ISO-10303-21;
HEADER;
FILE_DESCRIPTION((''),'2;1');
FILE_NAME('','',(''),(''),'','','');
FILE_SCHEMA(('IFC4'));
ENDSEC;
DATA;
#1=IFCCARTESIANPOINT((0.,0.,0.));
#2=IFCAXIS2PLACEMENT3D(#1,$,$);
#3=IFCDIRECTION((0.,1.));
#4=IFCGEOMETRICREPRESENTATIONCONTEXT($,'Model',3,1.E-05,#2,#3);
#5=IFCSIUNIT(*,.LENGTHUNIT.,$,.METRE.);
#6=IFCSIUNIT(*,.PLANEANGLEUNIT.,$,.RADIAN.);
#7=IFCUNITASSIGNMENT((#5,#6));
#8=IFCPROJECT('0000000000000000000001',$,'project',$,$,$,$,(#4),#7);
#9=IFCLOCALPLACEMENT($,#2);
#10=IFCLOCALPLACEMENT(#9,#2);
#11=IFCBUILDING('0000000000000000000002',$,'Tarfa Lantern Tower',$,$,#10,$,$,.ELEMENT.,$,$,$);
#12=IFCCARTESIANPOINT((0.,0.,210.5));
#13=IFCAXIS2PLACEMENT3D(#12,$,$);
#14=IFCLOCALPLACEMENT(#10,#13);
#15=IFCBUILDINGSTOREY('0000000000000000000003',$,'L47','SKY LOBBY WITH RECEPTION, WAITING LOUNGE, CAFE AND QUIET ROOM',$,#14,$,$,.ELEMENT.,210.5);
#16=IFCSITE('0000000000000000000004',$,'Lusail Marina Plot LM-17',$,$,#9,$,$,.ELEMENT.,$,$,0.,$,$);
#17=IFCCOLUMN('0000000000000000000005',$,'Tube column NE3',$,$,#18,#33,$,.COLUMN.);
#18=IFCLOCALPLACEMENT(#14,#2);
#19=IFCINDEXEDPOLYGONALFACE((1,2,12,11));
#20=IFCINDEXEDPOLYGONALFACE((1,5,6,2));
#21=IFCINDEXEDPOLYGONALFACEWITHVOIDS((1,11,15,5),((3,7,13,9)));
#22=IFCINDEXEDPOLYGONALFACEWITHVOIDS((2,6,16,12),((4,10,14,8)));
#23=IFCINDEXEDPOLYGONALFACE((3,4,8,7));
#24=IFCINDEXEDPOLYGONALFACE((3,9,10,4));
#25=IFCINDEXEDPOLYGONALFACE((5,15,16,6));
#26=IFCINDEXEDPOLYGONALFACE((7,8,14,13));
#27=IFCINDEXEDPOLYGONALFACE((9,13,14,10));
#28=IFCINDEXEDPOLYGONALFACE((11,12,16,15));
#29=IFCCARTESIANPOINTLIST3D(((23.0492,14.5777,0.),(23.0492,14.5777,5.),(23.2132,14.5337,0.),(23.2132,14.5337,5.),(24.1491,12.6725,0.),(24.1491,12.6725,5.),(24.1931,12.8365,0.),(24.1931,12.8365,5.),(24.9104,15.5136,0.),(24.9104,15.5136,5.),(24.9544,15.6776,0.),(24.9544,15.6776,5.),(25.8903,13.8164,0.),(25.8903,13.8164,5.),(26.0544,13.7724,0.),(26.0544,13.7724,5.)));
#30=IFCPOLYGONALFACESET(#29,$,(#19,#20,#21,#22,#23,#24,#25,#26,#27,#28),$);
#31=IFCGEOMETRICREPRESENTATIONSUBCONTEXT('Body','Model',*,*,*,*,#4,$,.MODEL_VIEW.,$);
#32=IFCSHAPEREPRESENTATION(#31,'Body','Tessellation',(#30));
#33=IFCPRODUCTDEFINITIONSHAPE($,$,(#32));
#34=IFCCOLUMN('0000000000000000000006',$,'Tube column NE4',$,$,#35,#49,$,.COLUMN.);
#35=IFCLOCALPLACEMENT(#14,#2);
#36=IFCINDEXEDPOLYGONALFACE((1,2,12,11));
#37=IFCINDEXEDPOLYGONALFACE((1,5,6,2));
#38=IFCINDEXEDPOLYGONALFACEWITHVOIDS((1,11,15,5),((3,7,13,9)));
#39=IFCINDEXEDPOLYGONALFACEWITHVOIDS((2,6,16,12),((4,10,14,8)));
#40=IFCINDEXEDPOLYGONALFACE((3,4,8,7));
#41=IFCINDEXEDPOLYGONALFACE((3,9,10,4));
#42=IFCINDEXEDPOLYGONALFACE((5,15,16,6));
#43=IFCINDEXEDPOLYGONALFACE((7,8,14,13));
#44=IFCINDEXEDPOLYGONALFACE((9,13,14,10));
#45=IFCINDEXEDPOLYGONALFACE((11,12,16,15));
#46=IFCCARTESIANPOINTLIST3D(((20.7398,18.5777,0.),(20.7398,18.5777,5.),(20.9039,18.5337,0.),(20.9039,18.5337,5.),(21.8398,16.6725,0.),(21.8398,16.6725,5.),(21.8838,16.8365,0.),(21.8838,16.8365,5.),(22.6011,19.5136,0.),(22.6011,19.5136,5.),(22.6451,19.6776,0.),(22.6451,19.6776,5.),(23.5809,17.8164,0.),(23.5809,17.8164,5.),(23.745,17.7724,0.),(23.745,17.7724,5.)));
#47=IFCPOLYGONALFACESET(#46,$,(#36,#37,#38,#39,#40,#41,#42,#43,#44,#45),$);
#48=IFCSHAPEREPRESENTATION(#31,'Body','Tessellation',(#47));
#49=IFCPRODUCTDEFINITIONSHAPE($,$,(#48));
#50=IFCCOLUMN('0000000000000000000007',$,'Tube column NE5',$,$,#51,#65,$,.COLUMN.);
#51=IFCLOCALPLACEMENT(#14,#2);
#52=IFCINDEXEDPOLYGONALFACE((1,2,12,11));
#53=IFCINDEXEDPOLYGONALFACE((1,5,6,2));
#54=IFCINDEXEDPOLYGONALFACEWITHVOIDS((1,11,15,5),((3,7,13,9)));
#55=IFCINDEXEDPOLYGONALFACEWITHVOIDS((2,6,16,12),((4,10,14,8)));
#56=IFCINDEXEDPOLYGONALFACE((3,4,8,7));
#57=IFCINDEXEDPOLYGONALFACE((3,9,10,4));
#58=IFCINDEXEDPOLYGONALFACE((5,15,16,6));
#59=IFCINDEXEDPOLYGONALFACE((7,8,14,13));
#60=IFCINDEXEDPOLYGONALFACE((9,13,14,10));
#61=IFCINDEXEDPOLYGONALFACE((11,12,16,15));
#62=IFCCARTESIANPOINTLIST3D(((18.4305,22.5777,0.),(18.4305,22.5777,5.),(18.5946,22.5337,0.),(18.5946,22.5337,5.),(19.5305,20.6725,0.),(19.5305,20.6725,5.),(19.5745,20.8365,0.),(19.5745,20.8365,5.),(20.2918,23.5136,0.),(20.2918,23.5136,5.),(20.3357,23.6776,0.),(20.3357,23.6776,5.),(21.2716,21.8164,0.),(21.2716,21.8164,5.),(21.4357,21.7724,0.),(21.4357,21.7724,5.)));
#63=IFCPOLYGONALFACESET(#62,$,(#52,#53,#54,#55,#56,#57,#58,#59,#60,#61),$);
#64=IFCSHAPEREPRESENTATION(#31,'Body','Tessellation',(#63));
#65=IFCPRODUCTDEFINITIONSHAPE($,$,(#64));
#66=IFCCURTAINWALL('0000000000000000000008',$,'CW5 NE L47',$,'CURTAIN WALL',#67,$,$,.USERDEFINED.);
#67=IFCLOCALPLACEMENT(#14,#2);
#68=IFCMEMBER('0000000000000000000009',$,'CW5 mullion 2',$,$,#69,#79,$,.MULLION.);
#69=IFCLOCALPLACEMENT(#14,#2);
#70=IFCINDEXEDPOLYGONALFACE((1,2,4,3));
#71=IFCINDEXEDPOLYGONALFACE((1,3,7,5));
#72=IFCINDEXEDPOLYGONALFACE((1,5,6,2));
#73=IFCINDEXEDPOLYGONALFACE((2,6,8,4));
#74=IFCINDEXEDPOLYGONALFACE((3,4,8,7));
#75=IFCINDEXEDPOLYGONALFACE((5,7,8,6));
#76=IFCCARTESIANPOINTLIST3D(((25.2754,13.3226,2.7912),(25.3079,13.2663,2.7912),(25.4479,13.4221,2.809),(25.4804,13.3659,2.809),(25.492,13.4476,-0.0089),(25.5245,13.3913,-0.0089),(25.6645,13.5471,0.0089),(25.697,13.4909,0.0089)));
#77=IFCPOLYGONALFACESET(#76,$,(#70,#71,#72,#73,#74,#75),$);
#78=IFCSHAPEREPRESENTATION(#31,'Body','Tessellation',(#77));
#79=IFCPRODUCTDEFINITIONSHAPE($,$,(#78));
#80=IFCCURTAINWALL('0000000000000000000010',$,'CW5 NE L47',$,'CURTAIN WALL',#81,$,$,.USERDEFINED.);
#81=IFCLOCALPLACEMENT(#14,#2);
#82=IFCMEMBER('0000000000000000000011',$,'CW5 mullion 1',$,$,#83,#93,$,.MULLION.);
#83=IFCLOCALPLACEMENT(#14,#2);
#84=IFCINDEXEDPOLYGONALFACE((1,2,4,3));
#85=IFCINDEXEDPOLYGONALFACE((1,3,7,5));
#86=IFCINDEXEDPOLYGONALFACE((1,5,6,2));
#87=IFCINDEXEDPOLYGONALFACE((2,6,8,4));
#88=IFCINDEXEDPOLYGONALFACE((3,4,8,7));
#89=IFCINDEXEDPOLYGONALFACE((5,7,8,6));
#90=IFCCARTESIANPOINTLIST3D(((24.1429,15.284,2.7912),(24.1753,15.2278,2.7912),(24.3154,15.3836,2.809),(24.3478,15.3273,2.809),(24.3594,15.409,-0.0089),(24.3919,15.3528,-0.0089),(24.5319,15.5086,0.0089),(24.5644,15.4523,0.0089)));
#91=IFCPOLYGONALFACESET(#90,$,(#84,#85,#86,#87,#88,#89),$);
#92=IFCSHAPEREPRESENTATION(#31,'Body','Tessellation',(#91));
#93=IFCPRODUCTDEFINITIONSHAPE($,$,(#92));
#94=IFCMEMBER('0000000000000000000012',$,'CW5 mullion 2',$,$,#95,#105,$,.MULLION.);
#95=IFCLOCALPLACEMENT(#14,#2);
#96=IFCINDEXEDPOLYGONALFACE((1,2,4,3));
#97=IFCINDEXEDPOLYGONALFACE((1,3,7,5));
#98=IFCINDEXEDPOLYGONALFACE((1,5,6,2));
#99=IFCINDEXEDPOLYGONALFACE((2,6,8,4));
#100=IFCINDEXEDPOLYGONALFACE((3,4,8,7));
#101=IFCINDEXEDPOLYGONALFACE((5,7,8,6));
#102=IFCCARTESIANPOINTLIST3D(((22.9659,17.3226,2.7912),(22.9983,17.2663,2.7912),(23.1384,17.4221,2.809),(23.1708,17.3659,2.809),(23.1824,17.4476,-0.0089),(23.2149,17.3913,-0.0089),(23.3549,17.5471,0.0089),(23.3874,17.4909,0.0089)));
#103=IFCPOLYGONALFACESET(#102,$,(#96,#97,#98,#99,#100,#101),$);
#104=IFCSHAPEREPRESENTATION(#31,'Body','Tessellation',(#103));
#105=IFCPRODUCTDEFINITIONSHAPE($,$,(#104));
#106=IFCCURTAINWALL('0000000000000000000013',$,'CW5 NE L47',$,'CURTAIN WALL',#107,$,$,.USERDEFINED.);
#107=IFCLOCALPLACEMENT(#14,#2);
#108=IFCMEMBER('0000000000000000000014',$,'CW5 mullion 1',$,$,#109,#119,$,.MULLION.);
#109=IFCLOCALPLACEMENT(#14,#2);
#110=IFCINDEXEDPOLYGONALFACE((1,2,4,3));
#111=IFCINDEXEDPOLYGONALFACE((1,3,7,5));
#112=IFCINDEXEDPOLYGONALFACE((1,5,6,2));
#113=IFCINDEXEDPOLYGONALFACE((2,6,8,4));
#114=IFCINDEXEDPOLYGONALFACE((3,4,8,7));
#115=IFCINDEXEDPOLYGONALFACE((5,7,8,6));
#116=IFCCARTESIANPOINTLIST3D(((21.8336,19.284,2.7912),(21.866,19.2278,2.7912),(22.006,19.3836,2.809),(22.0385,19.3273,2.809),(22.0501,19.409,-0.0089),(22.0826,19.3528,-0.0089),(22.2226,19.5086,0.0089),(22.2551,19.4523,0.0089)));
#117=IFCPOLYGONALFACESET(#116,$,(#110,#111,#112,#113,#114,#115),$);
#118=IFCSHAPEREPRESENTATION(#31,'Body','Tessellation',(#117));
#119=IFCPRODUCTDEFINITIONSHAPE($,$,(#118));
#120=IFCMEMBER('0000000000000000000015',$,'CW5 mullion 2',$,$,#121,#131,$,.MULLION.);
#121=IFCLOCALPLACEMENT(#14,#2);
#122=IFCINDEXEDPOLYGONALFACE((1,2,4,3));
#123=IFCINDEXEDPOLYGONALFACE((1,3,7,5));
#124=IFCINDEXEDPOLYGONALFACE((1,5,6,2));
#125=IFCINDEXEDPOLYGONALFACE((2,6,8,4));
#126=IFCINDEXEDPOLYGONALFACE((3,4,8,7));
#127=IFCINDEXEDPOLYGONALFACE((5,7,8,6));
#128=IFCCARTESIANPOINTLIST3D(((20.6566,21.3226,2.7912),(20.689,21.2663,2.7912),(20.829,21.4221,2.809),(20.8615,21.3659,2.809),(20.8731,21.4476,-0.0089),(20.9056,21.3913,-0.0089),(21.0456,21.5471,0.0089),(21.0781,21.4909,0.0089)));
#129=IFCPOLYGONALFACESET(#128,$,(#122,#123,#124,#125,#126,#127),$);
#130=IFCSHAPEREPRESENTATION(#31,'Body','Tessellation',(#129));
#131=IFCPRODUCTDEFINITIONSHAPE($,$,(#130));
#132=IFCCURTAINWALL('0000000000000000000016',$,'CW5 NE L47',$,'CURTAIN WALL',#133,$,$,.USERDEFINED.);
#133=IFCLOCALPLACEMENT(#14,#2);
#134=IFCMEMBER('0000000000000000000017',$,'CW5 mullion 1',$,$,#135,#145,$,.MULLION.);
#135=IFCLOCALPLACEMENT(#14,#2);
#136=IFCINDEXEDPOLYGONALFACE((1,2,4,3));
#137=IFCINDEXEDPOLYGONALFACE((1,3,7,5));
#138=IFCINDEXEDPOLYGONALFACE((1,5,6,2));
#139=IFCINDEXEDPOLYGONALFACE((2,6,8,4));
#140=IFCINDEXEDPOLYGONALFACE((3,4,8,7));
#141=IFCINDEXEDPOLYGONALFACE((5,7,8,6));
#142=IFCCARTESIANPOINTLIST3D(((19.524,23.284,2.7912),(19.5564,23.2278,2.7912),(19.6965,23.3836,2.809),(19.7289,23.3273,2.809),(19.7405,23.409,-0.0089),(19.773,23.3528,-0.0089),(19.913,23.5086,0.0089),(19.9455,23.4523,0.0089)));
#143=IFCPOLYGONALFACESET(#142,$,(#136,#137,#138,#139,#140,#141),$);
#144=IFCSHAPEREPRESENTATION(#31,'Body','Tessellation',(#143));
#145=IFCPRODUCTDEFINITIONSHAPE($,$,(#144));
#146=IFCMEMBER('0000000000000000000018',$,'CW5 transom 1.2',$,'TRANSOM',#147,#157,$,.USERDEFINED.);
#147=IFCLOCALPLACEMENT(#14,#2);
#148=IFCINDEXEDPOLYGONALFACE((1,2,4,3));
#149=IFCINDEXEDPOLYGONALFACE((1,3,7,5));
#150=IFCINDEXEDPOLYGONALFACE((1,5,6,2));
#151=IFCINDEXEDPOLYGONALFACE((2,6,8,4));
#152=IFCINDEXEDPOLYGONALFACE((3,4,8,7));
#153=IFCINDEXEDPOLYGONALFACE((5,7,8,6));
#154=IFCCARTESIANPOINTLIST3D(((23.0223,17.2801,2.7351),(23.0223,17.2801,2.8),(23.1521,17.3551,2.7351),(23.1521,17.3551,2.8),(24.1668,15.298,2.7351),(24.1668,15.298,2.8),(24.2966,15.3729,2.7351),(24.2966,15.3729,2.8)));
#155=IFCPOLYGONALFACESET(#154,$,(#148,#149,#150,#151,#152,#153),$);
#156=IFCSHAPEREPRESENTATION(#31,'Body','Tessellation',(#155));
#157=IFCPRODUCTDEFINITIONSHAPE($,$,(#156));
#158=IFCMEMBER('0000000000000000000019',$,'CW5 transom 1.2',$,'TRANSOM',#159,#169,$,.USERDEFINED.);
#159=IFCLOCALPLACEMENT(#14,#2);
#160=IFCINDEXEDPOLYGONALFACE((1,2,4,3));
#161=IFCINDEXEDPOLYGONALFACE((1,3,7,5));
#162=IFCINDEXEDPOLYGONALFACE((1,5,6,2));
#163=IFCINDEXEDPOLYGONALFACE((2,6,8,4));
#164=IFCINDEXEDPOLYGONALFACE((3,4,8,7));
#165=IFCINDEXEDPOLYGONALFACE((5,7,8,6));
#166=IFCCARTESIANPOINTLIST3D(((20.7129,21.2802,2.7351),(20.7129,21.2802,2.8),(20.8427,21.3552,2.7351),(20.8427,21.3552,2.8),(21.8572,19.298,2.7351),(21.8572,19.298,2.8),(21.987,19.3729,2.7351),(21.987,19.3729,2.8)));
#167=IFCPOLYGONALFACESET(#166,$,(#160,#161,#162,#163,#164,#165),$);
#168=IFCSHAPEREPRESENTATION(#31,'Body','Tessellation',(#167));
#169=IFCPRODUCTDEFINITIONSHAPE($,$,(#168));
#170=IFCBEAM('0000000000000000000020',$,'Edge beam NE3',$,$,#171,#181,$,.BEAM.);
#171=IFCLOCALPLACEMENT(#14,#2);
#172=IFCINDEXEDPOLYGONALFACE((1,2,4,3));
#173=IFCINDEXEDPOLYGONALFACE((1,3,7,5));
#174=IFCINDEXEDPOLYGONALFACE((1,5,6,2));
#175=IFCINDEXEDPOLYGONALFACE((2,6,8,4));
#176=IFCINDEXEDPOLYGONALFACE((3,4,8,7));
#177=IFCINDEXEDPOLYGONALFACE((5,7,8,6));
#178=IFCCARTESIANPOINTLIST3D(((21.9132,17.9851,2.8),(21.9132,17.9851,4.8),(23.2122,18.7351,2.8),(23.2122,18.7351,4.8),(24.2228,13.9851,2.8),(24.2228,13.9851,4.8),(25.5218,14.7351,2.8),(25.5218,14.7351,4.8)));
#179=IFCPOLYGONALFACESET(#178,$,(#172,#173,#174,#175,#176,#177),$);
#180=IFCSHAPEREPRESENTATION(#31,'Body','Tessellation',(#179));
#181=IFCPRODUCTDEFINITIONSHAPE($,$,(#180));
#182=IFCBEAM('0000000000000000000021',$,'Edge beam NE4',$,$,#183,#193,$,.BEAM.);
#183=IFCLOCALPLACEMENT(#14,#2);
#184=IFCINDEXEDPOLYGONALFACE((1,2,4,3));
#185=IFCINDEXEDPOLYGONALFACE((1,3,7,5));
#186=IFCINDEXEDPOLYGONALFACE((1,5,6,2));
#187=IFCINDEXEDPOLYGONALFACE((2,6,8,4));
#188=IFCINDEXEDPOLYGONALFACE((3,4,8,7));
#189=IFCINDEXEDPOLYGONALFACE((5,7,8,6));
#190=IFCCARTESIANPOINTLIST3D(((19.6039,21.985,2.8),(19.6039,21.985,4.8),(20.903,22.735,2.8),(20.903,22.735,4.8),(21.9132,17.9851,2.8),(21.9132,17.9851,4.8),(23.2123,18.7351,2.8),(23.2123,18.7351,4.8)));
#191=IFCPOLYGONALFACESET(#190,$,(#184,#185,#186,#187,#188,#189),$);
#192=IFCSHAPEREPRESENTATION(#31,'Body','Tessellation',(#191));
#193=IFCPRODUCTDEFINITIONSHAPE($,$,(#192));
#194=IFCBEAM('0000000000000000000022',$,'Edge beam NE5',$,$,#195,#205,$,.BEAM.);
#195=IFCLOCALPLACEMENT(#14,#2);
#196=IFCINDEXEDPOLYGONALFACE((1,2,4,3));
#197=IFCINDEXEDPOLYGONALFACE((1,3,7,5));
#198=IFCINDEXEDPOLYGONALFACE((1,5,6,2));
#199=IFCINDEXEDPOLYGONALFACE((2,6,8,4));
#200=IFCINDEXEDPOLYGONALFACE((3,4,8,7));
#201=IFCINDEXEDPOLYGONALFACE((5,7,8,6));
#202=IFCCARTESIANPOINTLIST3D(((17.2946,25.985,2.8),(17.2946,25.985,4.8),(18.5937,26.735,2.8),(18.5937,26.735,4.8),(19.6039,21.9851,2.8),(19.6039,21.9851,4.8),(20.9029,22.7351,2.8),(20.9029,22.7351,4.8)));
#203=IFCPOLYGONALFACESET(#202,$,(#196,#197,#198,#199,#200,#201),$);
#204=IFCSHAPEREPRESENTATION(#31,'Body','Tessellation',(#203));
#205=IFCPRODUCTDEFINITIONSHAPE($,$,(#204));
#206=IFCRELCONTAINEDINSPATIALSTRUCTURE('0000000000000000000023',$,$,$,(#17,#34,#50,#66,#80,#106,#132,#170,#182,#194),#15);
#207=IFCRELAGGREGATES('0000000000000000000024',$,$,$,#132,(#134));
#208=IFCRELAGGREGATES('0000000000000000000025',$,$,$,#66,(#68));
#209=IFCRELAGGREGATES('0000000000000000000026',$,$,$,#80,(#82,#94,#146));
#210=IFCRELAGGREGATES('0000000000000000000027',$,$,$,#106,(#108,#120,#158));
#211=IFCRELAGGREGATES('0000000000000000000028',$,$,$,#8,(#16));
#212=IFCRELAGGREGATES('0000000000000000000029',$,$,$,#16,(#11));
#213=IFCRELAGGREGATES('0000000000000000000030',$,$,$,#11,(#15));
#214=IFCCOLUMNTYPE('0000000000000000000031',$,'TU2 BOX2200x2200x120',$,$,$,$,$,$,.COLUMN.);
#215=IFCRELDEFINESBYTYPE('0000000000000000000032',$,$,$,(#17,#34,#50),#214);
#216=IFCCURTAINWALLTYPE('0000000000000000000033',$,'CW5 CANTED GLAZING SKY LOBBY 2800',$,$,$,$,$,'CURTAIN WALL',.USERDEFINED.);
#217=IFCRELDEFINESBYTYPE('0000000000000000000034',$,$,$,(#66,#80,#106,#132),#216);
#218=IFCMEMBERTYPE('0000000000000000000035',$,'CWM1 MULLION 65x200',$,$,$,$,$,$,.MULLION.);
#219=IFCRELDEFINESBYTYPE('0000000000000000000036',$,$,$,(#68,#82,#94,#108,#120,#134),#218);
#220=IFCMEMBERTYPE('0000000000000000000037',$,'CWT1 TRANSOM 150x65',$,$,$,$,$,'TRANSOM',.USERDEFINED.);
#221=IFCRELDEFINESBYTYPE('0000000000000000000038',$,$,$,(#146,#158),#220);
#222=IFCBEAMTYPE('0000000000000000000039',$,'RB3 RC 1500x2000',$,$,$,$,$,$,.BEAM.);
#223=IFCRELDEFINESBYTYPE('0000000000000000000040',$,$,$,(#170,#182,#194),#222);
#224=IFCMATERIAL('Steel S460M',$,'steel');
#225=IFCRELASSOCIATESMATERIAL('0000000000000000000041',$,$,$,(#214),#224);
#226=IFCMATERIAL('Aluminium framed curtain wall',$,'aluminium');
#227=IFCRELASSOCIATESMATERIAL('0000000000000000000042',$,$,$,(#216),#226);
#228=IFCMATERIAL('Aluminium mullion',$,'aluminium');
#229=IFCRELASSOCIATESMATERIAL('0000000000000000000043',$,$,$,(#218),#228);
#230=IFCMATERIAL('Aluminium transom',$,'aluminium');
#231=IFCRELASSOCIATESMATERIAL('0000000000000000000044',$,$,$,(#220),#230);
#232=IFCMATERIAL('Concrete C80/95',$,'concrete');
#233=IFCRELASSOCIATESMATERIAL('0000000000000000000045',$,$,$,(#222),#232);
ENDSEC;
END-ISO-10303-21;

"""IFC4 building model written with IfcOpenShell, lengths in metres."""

from ifc_helpers import new_model, si_unit, direction, frame, origin, origin_2d, place, context, subcontext, project, spatial, rectangle, hollow_rectangle, extrude, material, material_profile, profile_set, type_object, element, aggregate, save


model = new_model("IFC4")

# Units and contexts
model_context = context("Model", 3, precision=1e-05, world=origin(), true_north=direction((0.0, 1.0)))
body_context = subcontext(model_context, "Body", "Model", "MODEL_VIEW")
ifc_project = project(units=[si_unit("LENGTHUNIT", "METRE"), si_unit("PLANEANGLEUNIT", "RADIAN")], contexts=[model_context])

# Site, building, storey
site_placement = place(None, origin())
site = spatial("IfcSite", under=ifc_project, at=site_placement, Name="Lusail Marina Plot LM-17", CompositionType="ELEMENT", RefElevation=0.0)
building_placement = place(site_placement, origin())
building = spatial("IfcBuilding", under=site, at=building_placement, Name="Tarfa Lantern Tower", CompositionType="ELEMENT")
storey_placement = place(building_placement, frame((0.0, 0.0, 210.5)))
storey = spatial("IfcBuildingStorey", under=building, at=storey_placement, Name="L47", Description="SKY LOBBY WITH RECEPTION, WAITING LOUNGE, CAFE AND QUIET ROOM", CompositionType="ELEMENT", Elevation=210.5)

# Columns
ifc_material_1 = material(Name="Steel S460M", Category="steel")
ifc_material_profile_1 = material_profile(ifc_material_1, hollow_rectangle(XDim=2.2, YDim=2.2, WallThickness=0.1201, at=origin_2d()), Name="BOX2200x2200x120")
ifc_profile_set_1 = profile_set([ifc_material_profile_1], Name="Steel S460M")
column_type = type_object("IfcColumnType", Name="TU2 BOX2200x2200x120", PredefinedType="COLUMN", material=ifc_profile_set_1)
for number, where, z_axis, x_axis, name in (
    (1, (24.5518, 14.175, 0.0), (0.0, 0.0, 1.0), (-0.5, 0.866025, 0.0), "Tube column NE3"),
    (2, (22.2424, 18.175, 0.0), (0.0, 0.0, 1.0), (-0.5, 0.866025, 0.0), "Tube column NE4"),
    (3, (19.9331, 22.175, 0.0), (0.0, 0.0, 1.0), (-0.5, 0.866025, 0.0), "Tube column NE5"),
):
    element("IfcColumn", number, at=place(storey_placement, frame(where, z_axis=z_axis, x_axis=x_axis)), inside=storey, type_object=column_type, Name=name, PredefinedType="COLUMN", context=body_context, shape_type="SweptSolid", body=[
        extrude(hollow_rectangle(XDim=2.2, YDim=2.2, WallThickness=0.1201, at=origin_2d()), origin(), (0.0, 0.0, 1.0), 5.0),
    ])

# Curtain wall, member
ifc_material_2 = material(Name="Aluminium framed curtain wall", Category="aluminium")
curtain_wall_type = type_object("IfcCurtainWallType", Name="CW5 CANTED GLAZING SKY LOBBY 2800", ElementType="CURTAIN WALL", PredefinedType="USERDEFINED", material=ifc_material_2)
curtain_wall_1_placement = place(storey_placement, origin())
curtain_wall_1 = element("IfcCurtainWall", 4, at=curtain_wall_1_placement, inside=storey, type_object=curtain_wall_type, Name="CW5 NE L47", ObjectType="CURTAIN WALL", PredefinedType="USERDEFINED")
ifc_material_3 = material(Name="Aluminium mullion", Category="aluminium")
ifc_material_profile_2 = material_profile(ifc_material_3, rectangle(XDim=0.0649, YDim=0.2, at=origin_2d()), Name="AL MULLION 65x200")
ifc_profile_set_2 = profile_set([ifc_material_profile_2], Name="Aluminium mullion")
member_type_1 = type_object("IfcMemberType", Name="CWM1 MULLION 65x200", PredefinedType="MULLION", material=ifc_profile_set_2)
member_1_placement = place(storey_placement, frame((25.5945, 13.4692, 0.0), z_axis=(-0.077032, -0.044465, 0.996037), x_axis=(0.49992, -0.866072, 0.0)))
member_1 = element("IfcMember", 5, at=member_1_placement, type_object=member_type_1, Name="CW5 mullion 2", PredefinedType="MULLION", context=body_context, shape_type="SweptSolid", body=[
    extrude(rectangle(XDim=0.0649, YDim=0.2, at=origin_2d()), origin(), (0.0, 0.0, 1.0), 2.8113),
])

# Curtain walls, members
curtain_wall_2_placement = place(storey_placement, origin())
curtain_wall_2 = element("IfcCurtainWall", 6, at=curtain_wall_2_placement, inside=storey, type_object=curtain_wall_type, Name="CW5 NE L47", ObjectType="CURTAIN WALL", PredefinedType="USERDEFINED")
member_2_placement = place(storey_placement, frame((24.4619, 15.4307, 0.0), z_axis=(-0.077032, -0.044465, 0.996037), x_axis=(0.49992, -0.866072, 0.0)))
member_2 = element("IfcMember", 7, at=member_2_placement, type_object=member_type_1, Name="CW5 mullion 1", PredefinedType="MULLION", context=body_context, shape_type="SweptSolid", body=[
    extrude(rectangle(XDim=0.0649, YDim=0.2, at=origin_2d()), origin(), (0.0, 0.0, 1.0), 2.8113),
])
member_3_placement = place(storey_placement, frame((23.2849, 17.4692, 0.0), z_axis=(-0.077032, -0.044465, 0.996037), x_axis=(0.49992, -0.866072, 0.0)))
member_3 = element("IfcMember", 8, at=member_3_placement, type_object=member_type_1, Name="CW5 mullion 2", PredefinedType="MULLION", context=body_context, shape_type="SweptSolid", body=[
    extrude(rectangle(XDim=0.0649, YDim=0.2, at=origin_2d()), origin(), (0.0, 0.0, 1.0), 2.8113),
])
curtain_wall_3_placement = place(storey_placement, origin())
curtain_wall_3 = element("IfcCurtainWall", 9, at=curtain_wall_3_placement, inside=storey, type_object=curtain_wall_type, Name="CW5 NE L47", ObjectType="CURTAIN WALL", PredefinedType="USERDEFINED")
member_4_placement = place(storey_placement, frame((22.1526, 19.4307, 0.0), z_axis=(-0.077032, -0.044465, 0.996037), x_axis=(0.49992, -0.866072, 0.0)))
member_4 = element("IfcMember", 10, at=member_4_placement, type_object=member_type_1, Name="CW5 mullion 1", PredefinedType="MULLION", context=body_context, shape_type="SweptSolid", body=[
    extrude(rectangle(XDim=0.0649, YDim=0.2, at=origin_2d()), origin(), (0.0, 0.0, 1.0), 2.8113),
])
member_5_placement = place(storey_placement, frame((20.9756, 21.4692, 0.0), z_axis=(-0.077032, -0.044465, 0.996037), x_axis=(0.49992, -0.866072, 0.0)))
member_5 = element("IfcMember", 11, at=member_5_placement, type_object=member_type_1, Name="CW5 mullion 2", PredefinedType="MULLION", context=body_context, shape_type="SweptSolid", body=[
    extrude(rectangle(XDim=0.0649, YDim=0.2, at=origin_2d()), origin(), (0.0, 0.0, 1.0), 2.8113),
])

# Curtain wall, member
curtain_wall_4_placement = place(storey_placement, origin())
curtain_wall_4 = element("IfcCurtainWall", 12, at=curtain_wall_4_placement, inside=storey, type_object=curtain_wall_type, Name="CW5 NE L47", ObjectType="CURTAIN WALL", PredefinedType="USERDEFINED")
member_6_placement = place(storey_placement, frame((19.843, 23.4307, 0.0), z_axis=(-0.077032, -0.044465, 0.996037), x_axis=(0.49992, -0.866072, 0.0)))
member_6 = element("IfcMember", 13, at=member_6_placement, type_object=member_type_1, Name="CW5 mullion 1", PredefinedType="MULLION", context=body_context, shape_type="SweptSolid", body=[
    extrude(rectangle(XDim=0.0649, YDim=0.2, at=origin_2d()), origin(), (0.0, 0.0, 1.0), 2.8113),
])
aggregate(curtain_wall_4, [member_6])

# Members
ifc_material_4 = material(Name="Aluminium transom", Category="aluminium")
ifc_material_profile_3 = material_profile(ifc_material_4, rectangle(XDim=0.1499, YDim=0.0649, at=origin_2d()), Name="AL TRANSOM 150x65")
ifc_profile_set_3 = profile_set([ifc_material_profile_3], Name="Aluminium transom")
member_type_2 = type_object("IfcMemberType", Name="CWT1 TRANSOM 150x65", ElementType="TRANSOM", PredefinedType="USERDEFINED", material=ifc_profile_set_3)
member_7_placement = place(storey_placement, frame((24.2317, 15.3354, 2.7676), z_axis=(-0.500039, 0.866003, 0.0), x_axis=(-0.866003, -0.500039, 0.0)))
member_7 = element("IfcMember", 14, at=member_7_placement, type_object=member_type_2, Name="CW5 transom 1.2", ObjectType="TRANSOM", PredefinedType="USERDEFINED", context=body_context, shape_type="SweptSolid", body=[
    extrude(rectangle(XDim=0.1499, YDim=0.0649, at=origin_2d()), origin(), (0.0, 0.0, 1.0), 2.2888),
])
member_8_placement = place(storey_placement, frame((21.9221, 19.3354, 2.7676), z_axis=(-0.499959, 0.866049, 0.0), x_axis=(-0.866049, -0.499959, 0.0)))
member_8 = element("IfcMember", 15, at=member_8_placement, type_object=member_type_2, Name="CW5 transom 1.2", ObjectType="TRANSOM", PredefinedType="USERDEFINED", context=body_context, shape_type="SweptSolid", body=[
    extrude(rectangle(XDim=0.1499, YDim=0.0649, at=origin_2d()), origin(), (0.0, 0.0, 1.0), 2.2888),
])

# Beams
ifc_material_5 = material(Name="Concrete C80/95", Category="concrete")
ifc_material_profile_4 = material_profile(ifc_material_5, rectangle(XDim=1.5, YDim=2.0, at=origin_2d()), Name="RC 1500x2000")
ifc_profile_set_4 = profile_set([ifc_material_profile_4], Name="Concrete C80/95")
beam_type_1 = type_object("IfcBeamType", Name="RB3 RC 1500x2000", PredefinedType="BEAM", material=ifc_profile_set_4)
beam_1_placement = place(storey_placement, frame((24.8723, 14.3601, 3.8), z_axis=(-0.500027, 0.86601, 0.0), x_axis=(-0.86601, -0.500027, 0.0)))
element("IfcBeam", 16, at=beam_1_placement, inside=storey, type_object=beam_type_1, Name="Edge beam NE3", PredefinedType="BEAM", context=body_context, shape_type="SweptSolid", body=[
    extrude(rectangle(XDim=1.5, YDim=2.0, at=origin_2d()), origin(), (0.0, 0.0, 1.0), 4.6189),
])
for number, where, z_axis, x_axis, name in (
    (17, (22.5627, 18.3601, 3.8), (-0.499988, 0.866032, 0.0), (-0.866032, -0.499988, 0.0), "Edge beam NE4"),
    (18, (20.2534, 22.3601, 3.8), (-0.499988, 0.866032, 0.0), (-0.866032, -0.499988, 0.0), "Edge beam NE5"),
):
    element("IfcBeam", number, at=place(storey_placement, frame(where, z_axis=z_axis, x_axis=x_axis)), inside=storey, type_object=beam_type_1, Name=name, PredefinedType="BEAM", context=body_context, shape_type="SweptSolid", body=[
        extrude(rectangle(XDim=1.5, YDim=2.0, at=origin_2d()), origin(), (0.0, 0.0, 1.0), 4.6187),
    ])

aggregate(curtain_wall_1, [member_1])
aggregate(curtain_wall_2, [member_2, member_3, member_7])
aggregate(curtain_wall_3, [member_4, member_5, member_8])

save(model, "model.ifc")
